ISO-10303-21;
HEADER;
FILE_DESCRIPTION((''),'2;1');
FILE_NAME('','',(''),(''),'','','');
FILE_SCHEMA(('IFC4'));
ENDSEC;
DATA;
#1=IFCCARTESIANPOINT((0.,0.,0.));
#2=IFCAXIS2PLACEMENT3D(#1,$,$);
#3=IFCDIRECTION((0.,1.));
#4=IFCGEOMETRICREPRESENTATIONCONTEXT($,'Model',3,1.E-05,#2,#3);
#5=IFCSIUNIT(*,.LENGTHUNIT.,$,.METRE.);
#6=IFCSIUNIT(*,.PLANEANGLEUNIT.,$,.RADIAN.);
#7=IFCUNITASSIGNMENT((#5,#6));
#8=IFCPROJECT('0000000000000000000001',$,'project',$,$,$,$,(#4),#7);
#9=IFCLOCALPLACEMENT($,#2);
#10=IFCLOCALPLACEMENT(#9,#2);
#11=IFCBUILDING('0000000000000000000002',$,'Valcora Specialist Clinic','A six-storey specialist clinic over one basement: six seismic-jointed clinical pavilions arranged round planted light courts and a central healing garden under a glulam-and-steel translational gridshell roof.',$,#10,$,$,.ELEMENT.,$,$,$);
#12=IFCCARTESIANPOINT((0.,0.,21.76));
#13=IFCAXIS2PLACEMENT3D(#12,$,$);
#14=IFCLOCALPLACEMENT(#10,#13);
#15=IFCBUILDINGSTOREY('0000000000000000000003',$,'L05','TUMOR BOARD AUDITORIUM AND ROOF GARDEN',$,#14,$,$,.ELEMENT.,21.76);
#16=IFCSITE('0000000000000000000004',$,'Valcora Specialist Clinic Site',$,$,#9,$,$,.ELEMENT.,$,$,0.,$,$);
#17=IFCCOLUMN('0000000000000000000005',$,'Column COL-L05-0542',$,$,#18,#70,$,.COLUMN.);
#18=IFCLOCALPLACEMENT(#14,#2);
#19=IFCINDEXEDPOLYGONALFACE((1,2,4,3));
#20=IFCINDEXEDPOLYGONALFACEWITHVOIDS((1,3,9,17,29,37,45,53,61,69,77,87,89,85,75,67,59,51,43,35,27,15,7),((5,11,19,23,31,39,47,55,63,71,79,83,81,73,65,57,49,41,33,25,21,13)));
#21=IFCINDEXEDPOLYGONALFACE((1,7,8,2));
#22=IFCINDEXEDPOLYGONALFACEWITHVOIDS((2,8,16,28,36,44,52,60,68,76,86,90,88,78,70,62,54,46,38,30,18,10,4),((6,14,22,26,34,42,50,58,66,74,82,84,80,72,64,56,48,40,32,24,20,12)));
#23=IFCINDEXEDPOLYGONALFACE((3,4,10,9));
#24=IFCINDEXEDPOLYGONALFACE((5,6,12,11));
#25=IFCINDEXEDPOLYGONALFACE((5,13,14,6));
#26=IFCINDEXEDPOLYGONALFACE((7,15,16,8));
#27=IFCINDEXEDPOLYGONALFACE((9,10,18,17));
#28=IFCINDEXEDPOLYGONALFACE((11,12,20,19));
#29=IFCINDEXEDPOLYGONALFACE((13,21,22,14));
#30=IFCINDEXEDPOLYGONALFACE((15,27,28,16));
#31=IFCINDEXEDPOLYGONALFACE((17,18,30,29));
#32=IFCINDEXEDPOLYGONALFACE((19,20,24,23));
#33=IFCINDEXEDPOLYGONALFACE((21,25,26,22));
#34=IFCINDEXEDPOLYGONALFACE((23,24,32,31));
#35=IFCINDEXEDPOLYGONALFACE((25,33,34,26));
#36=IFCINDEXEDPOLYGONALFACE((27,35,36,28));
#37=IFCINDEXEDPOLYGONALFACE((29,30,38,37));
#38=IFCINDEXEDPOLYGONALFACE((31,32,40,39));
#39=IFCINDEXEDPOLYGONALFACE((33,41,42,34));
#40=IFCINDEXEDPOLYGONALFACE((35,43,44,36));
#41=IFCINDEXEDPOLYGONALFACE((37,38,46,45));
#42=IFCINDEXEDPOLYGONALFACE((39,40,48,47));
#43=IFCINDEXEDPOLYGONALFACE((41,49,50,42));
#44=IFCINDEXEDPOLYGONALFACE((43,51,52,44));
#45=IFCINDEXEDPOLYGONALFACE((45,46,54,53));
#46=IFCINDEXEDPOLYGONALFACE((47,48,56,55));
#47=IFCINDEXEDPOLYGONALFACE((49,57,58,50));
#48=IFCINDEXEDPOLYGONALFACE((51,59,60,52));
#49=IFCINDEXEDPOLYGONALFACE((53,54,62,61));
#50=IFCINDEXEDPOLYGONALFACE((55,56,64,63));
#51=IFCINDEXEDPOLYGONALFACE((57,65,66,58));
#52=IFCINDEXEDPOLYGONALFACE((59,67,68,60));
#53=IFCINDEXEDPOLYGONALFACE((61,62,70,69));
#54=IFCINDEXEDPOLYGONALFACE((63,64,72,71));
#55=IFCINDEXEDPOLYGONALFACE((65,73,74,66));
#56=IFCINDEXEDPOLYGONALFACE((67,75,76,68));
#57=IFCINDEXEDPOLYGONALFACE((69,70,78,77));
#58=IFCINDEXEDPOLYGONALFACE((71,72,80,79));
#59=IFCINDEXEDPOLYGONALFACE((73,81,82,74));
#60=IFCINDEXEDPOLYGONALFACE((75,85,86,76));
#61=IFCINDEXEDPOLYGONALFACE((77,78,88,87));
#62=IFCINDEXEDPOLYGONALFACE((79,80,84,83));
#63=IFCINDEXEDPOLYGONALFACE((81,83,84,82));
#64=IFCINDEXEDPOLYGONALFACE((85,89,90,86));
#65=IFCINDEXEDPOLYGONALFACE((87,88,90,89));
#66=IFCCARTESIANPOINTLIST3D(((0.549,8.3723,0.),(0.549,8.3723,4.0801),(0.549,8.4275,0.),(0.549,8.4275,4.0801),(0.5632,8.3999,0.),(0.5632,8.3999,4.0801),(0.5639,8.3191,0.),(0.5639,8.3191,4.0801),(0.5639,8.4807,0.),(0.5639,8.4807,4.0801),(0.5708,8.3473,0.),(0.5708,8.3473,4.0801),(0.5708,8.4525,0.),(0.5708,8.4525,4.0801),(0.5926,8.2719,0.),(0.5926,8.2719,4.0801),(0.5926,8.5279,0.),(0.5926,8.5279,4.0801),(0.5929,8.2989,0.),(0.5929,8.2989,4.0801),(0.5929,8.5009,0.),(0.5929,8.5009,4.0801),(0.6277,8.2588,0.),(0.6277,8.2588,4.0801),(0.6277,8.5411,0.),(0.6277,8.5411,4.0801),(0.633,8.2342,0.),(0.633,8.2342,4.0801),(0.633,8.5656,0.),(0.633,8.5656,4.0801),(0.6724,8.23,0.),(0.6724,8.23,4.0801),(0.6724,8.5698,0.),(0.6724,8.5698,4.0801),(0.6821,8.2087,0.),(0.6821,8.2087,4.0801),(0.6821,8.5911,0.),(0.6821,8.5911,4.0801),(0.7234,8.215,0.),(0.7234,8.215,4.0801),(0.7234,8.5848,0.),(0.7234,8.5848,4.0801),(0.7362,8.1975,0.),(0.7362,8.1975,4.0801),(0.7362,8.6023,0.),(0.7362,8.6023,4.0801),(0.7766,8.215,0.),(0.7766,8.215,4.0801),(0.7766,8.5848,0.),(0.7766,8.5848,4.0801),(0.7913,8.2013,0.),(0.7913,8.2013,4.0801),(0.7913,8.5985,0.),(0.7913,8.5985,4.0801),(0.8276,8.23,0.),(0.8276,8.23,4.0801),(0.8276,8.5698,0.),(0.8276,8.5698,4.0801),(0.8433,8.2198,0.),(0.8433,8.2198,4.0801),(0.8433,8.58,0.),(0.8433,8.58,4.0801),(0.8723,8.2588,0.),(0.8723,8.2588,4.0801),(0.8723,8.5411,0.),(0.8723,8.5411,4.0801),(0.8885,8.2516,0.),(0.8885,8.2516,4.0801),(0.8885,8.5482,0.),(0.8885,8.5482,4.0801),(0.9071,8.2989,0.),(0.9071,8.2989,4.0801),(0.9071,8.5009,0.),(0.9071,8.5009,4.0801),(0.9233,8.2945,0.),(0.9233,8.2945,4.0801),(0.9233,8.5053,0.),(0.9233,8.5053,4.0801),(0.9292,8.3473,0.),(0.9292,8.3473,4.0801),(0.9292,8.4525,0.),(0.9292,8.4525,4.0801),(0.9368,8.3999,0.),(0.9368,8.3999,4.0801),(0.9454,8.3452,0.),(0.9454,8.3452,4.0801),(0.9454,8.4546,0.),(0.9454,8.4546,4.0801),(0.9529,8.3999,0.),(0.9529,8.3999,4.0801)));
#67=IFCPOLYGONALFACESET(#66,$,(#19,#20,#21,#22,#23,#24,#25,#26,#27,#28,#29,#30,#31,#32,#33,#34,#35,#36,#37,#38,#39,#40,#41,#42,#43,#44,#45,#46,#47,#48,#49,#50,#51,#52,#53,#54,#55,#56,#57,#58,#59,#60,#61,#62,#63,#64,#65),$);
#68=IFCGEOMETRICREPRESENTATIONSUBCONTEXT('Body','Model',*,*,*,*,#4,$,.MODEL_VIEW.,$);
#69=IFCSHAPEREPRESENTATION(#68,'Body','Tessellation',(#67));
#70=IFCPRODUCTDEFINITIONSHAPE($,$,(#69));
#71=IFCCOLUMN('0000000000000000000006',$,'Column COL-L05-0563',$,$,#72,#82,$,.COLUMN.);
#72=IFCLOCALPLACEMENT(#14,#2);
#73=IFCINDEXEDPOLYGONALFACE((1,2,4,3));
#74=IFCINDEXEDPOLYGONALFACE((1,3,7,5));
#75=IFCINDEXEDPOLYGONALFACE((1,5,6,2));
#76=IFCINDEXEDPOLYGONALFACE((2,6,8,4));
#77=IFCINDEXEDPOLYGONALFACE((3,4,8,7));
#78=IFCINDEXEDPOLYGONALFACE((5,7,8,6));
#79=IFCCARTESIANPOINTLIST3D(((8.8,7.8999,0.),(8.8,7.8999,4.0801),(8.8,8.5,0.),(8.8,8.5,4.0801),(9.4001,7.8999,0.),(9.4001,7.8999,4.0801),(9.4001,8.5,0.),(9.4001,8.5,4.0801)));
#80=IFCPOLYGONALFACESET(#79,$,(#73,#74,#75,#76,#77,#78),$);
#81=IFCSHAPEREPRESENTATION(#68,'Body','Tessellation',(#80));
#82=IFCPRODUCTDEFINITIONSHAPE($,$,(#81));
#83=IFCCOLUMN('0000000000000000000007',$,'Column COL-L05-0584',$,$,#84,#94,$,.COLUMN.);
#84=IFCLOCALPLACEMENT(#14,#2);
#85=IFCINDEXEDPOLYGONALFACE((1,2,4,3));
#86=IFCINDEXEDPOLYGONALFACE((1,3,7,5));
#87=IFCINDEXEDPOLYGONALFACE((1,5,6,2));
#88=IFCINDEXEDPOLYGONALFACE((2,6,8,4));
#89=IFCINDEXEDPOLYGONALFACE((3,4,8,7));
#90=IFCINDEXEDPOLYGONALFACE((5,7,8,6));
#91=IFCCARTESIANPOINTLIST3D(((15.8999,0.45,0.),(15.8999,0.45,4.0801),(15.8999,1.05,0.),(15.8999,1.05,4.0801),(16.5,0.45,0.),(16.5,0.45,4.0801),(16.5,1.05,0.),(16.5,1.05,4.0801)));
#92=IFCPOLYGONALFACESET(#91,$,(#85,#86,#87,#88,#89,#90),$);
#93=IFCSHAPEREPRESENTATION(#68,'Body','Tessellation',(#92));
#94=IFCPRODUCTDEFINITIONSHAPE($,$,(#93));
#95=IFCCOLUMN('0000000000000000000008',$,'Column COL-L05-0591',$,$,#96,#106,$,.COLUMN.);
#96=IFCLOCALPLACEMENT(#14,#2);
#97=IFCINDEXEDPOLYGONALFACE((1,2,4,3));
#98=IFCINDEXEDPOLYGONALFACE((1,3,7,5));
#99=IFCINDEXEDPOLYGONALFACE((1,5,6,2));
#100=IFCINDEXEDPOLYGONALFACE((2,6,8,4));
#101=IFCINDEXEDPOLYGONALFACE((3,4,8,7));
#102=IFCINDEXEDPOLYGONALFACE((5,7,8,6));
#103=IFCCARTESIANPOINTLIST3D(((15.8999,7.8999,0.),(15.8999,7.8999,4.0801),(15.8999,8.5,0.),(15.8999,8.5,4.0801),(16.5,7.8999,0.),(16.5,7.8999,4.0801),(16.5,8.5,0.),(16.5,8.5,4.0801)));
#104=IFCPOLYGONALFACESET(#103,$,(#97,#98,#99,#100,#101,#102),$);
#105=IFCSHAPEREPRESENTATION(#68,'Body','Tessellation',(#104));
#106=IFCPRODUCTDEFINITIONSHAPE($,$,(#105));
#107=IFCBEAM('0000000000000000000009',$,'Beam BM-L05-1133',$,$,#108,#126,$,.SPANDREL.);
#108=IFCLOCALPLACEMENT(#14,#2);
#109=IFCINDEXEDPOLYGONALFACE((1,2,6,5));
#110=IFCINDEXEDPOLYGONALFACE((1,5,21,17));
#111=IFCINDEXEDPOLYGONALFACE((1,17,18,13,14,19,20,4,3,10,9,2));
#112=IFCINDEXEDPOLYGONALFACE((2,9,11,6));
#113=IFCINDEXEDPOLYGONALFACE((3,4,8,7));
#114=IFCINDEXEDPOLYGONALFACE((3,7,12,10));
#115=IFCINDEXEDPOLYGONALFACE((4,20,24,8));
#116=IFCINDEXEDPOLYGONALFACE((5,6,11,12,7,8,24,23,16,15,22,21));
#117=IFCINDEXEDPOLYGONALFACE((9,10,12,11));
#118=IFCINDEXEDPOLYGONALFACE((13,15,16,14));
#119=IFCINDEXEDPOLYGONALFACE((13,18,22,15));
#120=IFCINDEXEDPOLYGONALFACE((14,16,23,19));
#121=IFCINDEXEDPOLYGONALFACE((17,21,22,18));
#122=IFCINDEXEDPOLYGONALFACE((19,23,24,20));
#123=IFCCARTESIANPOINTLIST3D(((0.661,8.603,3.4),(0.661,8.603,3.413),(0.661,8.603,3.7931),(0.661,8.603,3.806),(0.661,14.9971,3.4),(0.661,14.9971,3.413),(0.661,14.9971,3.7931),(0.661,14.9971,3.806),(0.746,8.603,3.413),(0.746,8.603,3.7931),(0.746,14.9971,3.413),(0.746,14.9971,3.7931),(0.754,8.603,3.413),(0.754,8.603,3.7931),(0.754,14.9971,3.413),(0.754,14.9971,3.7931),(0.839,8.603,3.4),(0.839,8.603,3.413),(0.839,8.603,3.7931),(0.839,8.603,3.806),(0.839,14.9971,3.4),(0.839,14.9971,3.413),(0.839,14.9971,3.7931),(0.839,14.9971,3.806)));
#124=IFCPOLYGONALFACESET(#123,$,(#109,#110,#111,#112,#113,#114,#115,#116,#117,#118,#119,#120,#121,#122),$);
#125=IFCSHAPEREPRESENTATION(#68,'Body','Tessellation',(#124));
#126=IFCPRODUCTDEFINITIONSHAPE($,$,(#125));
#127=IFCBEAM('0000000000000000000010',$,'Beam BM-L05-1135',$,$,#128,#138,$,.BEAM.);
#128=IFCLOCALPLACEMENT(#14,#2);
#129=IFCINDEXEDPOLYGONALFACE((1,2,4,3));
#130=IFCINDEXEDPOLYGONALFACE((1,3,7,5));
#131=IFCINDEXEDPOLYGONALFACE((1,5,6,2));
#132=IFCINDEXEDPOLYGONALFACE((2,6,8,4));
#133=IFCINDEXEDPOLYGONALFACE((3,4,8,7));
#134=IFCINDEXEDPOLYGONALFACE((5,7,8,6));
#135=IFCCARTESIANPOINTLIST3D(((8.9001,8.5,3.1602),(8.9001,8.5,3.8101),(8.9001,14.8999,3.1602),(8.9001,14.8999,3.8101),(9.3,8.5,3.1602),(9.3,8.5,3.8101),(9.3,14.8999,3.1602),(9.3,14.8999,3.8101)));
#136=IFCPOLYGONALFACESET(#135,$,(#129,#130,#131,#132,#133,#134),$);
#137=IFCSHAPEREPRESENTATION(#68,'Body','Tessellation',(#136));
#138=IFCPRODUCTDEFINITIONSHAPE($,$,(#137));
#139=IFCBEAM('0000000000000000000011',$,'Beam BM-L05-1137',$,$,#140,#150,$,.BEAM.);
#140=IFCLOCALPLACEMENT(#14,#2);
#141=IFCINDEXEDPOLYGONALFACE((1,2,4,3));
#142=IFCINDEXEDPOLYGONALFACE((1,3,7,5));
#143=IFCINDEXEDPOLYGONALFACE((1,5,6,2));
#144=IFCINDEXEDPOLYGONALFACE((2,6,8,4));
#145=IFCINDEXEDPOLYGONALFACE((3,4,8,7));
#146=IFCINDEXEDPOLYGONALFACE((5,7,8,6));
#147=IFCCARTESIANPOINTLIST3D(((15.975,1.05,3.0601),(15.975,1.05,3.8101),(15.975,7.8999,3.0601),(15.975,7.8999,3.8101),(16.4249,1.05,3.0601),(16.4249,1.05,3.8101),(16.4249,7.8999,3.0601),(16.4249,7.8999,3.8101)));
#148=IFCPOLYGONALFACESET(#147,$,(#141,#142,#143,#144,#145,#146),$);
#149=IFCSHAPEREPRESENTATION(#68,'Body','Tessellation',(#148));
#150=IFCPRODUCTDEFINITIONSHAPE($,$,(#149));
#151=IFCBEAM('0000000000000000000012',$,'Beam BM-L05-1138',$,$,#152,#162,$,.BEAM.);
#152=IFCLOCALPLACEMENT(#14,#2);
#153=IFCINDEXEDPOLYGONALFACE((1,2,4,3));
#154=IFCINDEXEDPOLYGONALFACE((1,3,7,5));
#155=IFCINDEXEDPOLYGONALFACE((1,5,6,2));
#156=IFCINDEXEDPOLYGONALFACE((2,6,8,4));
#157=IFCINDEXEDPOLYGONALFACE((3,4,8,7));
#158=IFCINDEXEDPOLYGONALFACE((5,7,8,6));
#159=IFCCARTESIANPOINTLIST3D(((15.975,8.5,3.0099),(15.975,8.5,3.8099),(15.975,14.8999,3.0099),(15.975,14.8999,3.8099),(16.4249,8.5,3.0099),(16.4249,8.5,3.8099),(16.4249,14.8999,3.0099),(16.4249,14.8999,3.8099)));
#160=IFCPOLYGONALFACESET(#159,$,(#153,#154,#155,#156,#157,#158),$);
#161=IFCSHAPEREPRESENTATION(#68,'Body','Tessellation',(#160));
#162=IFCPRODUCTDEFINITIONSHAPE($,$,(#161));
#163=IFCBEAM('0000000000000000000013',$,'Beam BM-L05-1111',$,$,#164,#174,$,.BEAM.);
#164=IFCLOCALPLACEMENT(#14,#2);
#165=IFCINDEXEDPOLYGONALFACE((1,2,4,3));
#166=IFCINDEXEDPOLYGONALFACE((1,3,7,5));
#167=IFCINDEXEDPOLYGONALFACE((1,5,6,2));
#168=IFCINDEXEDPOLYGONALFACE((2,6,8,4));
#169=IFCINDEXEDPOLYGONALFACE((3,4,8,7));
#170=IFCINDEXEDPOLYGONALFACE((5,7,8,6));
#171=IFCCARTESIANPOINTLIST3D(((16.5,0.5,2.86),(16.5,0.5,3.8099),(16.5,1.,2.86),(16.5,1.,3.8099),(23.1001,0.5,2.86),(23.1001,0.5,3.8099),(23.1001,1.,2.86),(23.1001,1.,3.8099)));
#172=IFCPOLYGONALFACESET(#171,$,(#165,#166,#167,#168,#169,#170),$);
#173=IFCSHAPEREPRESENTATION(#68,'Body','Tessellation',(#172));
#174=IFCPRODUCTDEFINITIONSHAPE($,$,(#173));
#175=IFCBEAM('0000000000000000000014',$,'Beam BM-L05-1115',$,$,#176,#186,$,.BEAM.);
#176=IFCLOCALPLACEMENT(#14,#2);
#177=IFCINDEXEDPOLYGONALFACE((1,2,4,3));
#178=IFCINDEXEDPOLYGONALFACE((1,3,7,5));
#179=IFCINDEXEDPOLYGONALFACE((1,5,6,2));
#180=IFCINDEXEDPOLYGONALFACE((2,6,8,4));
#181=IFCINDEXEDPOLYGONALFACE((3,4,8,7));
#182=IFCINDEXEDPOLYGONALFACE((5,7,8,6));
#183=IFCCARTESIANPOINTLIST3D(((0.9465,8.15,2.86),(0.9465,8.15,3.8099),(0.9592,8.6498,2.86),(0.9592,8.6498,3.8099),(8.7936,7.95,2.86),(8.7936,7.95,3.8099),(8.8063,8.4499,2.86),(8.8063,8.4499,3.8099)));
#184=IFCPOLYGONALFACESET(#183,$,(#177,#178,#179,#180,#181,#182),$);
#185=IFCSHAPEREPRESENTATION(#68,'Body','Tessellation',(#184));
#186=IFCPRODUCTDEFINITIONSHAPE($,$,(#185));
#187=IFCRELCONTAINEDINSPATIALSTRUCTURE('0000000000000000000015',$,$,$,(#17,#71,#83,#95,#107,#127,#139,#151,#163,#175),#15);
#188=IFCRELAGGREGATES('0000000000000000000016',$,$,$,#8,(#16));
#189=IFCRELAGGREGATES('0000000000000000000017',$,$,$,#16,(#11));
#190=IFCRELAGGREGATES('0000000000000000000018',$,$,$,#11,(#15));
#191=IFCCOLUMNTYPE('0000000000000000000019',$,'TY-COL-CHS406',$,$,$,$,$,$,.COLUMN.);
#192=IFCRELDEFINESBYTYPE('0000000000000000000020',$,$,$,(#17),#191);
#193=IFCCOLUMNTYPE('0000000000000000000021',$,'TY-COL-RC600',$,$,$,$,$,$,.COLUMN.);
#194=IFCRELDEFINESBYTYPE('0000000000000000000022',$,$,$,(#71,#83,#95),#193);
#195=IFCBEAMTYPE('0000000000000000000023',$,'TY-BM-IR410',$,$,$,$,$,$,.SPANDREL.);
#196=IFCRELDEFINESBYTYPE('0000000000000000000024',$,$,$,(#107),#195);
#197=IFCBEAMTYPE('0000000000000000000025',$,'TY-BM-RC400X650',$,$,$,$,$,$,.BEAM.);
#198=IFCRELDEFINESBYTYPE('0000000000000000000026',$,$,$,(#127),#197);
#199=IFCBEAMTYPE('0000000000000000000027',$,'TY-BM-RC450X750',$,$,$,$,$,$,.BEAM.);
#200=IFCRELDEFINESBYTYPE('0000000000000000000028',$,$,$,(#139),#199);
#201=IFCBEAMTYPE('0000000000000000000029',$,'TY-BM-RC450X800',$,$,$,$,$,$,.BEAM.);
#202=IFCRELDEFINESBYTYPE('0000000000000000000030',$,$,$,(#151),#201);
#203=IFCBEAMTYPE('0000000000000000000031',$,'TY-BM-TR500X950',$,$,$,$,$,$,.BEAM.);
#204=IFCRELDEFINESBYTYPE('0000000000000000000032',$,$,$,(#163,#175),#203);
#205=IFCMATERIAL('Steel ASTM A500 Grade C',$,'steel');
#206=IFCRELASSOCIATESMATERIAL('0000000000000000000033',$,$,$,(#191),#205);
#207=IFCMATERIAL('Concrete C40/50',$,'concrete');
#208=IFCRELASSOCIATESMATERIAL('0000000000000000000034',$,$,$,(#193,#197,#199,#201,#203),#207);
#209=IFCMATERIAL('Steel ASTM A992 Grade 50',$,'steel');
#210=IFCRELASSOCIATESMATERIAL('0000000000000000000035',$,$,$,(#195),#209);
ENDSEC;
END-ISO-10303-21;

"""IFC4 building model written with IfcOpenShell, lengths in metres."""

from ifc_helpers import new_model, si_unit, direction, frame, origin, origin_2d, place, context, subcontext, project, spatial, rectangle, hollow_circle, i_section, extrude, material, material_profile, profile_set, type_object, element, save


model = new_model("IFC4")

# Units and contexts
model_context = context("Model", 3, precision=1e-05, world=origin(), true_north=direction((0.0, 1.0)))
body_context = subcontext(model_context, "Body", "Model", "MODEL_VIEW")
ifc_project = project(units=[si_unit("LENGTHUNIT", "METRE"), si_unit("PLANEANGLEUNIT", "RADIAN")], contexts=[model_context])

# Site, building, storey
site_placement = place(None, origin())
site = spatial("IfcSite", under=ifc_project, at=site_placement, Name="Valcora Specialist Clinic Site", CompositionType="ELEMENT", RefElevation=0.0)
building_placement = place(site_placement, origin())
building = spatial("IfcBuilding", under=site, at=building_placement, Name="Valcora Specialist Clinic", Description="A six-storey specialist clinic over one basement: six seismic-jointed clinical pavilions arranged round planted light courts and a central healing garden under a glulam-and-steel translational gridshell roof.", CompositionType="ELEMENT")
storey_placement = place(building_placement, frame((0.0, 0.0, 21.76)))
storey = spatial("IfcBuildingStorey", under=building, at=storey_placement, Name="L05", Description="TUMOR BOARD AUDITORIUM AND ROOF GARDEN", CompositionType="ELEMENT", Elevation=21.76)

# Columns
ifc_material_1 = material(Name="Steel ASTM A500 Grade C", Category="steel")
ifc_material_profile_1 = material_profile(ifc_material_1, hollow_circle(Radius=0.2029, WallThickness=0.0161, at=origin_2d()), Name="ST-CHS-406X16")
ifc_profile_set_1 = profile_set([ifc_material_profile_1], Name="Steel ASTM A500 Grade C")
column_type_1 = type_object("IfcColumnType", Name="TY-COL-CHS406", PredefinedType="COLUMN", material=ifc_profile_set_1)
column_placement = place(storey_placement, frame((0.75, 8.3999, 0.0), z_axis=(0.0, 0.0, 1.0), x_axis=(1.0, 0.0, 0.0)))
element("IfcColumn", 1, at=column_placement, inside=storey, type_object=column_type_1, Name="Column COL-L05-0542", PredefinedType="COLUMN", context=body_context, shape_type="SweptSolid", body=[
    extrude(hollow_circle(Radius=0.2029, WallThickness=0.0161, at=origin_2d()), origin(), (0.0, 0.0, 1.0), 4.0801),
])
ifc_material_2 = material(Name="Concrete C40/50", Category="concrete")
ifc_material_profile_2 = material_profile(ifc_material_2, rectangle(XDim=0.6001, YDim=0.6001, at=origin_2d()), Name="RC-COL-600X600")
ifc_profile_set_2 = profile_set([ifc_material_profile_2], Name="Concrete C40/50")
column_type_2 = type_object("IfcColumnType", Name="TY-COL-RC600", PredefinedType="COLUMN", material=ifc_profile_set_2)
for number, where, z_axis, x_axis, name in (
    (2, (9.1001, 8.2, 0.0), (0.0, 0.0, 1.0), (1.0, 0.0, 0.0), "Column COL-L05-0563"),
    (3, (16.2, 0.75, 0.0), (0.0, 0.0, 1.0), (1.0, 0.0, 0.0), "Column COL-L05-0584"),
    (4, (16.2, 8.2, 0.0), (0.0, 0.0, 1.0), (1.0, 0.0, 0.0), "Column COL-L05-0591"),
):
    element("IfcColumn", number, at=place(storey_placement, frame(where, z_axis=z_axis, x_axis=x_axis)), inside=storey, type_object=column_type_2, Name=name, PredefinedType="COLUMN", context=body_context, shape_type="SweptSolid", body=[
        extrude(rectangle(XDim=0.6001, YDim=0.6001, at=origin_2d()), origin(), (0.0, 0.0, 1.0), 4.0801),
    ])

# Beams
ifc_material_3 = material(Name="Steel ASTM A992 Grade 50", Category="steel")
ifc_material_profile_3 = material_profile(ifc_material_3, i_section(OverallWidth=0.178, OverallDepth=0.406, WebThickness=0.0081, FlangeThickness=0.0129, at=origin_2d()), Name="ST-IR-410X180")
ifc_profile_set_3 = profile_set([ifc_material_profile_3], Name="Steel ASTM A992 Grade 50")
beam_type_1 = type_object("IfcBeamType", Name="TY-BM-IR410", PredefinedType="SPANDREL", material=ifc_profile_set_3)
beam_1_placement = place(storey_placement, frame((0.75, 8.603, 3.603), z_axis=(0.0, 1.0, 0.0), x_axis=(-1.0, 0.0, 0.0)))
element("IfcBeam", 5, at=beam_1_placement, inside=storey, type_object=beam_type_1, Name="Beam BM-L05-1133", PredefinedType="SPANDREL", context=body_context, shape_type="SweptSolid", body=[
    extrude(i_section(OverallWidth=0.178, OverallDepth=0.406, WebThickness=0.0081, FlangeThickness=0.0129, at=origin_2d()), origin(), (0.0, 0.0, 1.0), 6.394),
])
ifc_material_profile_4 = material_profile(ifc_material_2, rectangle(XDim=0.3999, YDim=0.6499, at=origin_2d()), Name="RC-BM-400X650")
ifc_profile_set_4 = profile_set([ifc_material_profile_4], Name="Concrete C40/50")
beam_type_2 = type_object("IfcBeamType", Name="TY-BM-RC400X650", PredefinedType="BEAM", material=ifc_profile_set_4)
beam_2_placement = place(storey_placement, frame((9.1001, 8.5, 3.4851), z_axis=(0.0, 1.0, 0.0), x_axis=(-1.0, 0.0, 0.0)))
element("IfcBeam", 6, at=beam_2_placement, inside=storey, type_object=beam_type_2, Name="Beam BM-L05-1135", PredefinedType="BEAM", context=body_context, shape_type="SweptSolid", body=[
    extrude(rectangle(XDim=0.3999, YDim=0.6499, at=origin_2d()), origin(), (0.0, 0.0, 1.0), 6.3999),
])
ifc_material_profile_5 = material_profile(ifc_material_2, rectangle(XDim=0.45, YDim=0.75, at=origin_2d()), Name="RC-BM-450X750")
ifc_profile_set_5 = profile_set([ifc_material_profile_5], Name="Concrete C40/50")
beam_type_3 = type_object("IfcBeamType", Name="TY-BM-RC450X750", PredefinedType="BEAM", material=ifc_profile_set_5)
beam_3_placement = place(storey_placement, frame((16.2, 1.05, 3.4351), z_axis=(0.0, 1.0, 0.0), x_axis=(-1.0, 0.0, 0.0)))
element("IfcBeam", 7, at=beam_3_placement, inside=storey, type_object=beam_type_3, Name="Beam BM-L05-1137", PredefinedType="BEAM", context=body_context, shape_type="SweptSolid", body=[
    extrude(rectangle(XDim=0.45, YDim=0.75, at=origin_2d()), origin(), (0.0, 0.0, 1.0), 6.8499),
])
ifc_material_profile_6 = material_profile(ifc_material_2, rectangle(XDim=0.45, YDim=0.8, at=origin_2d()), Name="RC-BM-450X800")
ifc_profile_set_6 = profile_set([ifc_material_profile_6], Name="Concrete C40/50")
beam_type_4 = type_object("IfcBeamType", Name="TY-BM-RC450X800", PredefinedType="BEAM", material=ifc_profile_set_6)
beam_4_placement = place(storey_placement, frame((16.2, 8.5, 3.4099), z_axis=(0.0, 1.0, 0.0), x_axis=(-1.0, 0.0, 0.0)))
element("IfcBeam", 8, at=beam_4_placement, inside=storey, type_object=beam_type_4, Name="Beam BM-L05-1138", PredefinedType="BEAM", context=body_context, shape_type="SweptSolid", body=[
    extrude(rectangle(XDim=0.45, YDim=0.8, at=origin_2d()), origin(), (0.0, 0.0, 1.0), 6.3999),
])
ifc_material_profile_7 = material_profile(ifc_material_2, rectangle(XDim=0.5, YDim=0.95, at=origin_2d()), Name="RC-BM-500X950")
ifc_profile_set_7 = profile_set([ifc_material_profile_7], Name="Concrete C40/50")
beam_type_5 = type_object("IfcBeamType", Name="TY-BM-TR500X950", PredefinedType="BEAM", material=ifc_profile_set_7)
beam_5_placement = place(storey_placement, frame((16.5, 0.75, 3.335), z_axis=(1.0, 0.0, 0.0), x_axis=(0.0, 1.0, 0.0)))
element("IfcBeam", 9, at=beam_5_placement, inside=storey, type_object=beam_type_5, Name="Beam BM-L05-1111", PredefinedType="BEAM", context=body_context, shape_type="SweptSolid", body=[
    extrude(rectangle(XDim=0.5, YDim=0.95, at=origin_2d()), origin(), (0.0, 0.0, 1.0), 6.6001),
])
beam_6_placement = place(storey_placement, frame((0.9529, 8.3999, 3.335), z_axis=(0.999676, -0.025472, 0.0), x_axis=(0.025472, 0.999676, 0.0)))
element("IfcBeam", 10, at=beam_6_placement, inside=storey, type_object=beam_type_5, Name="Beam BM-L05-1115", PredefinedType="BEAM", context=body_context, shape_type="SweptSolid", body=[
    extrude(rectangle(XDim=0.5, YDim=0.95, at=origin_2d()), origin(), (0.0, 0.0, 1.0), 7.8496),
])

save(model, "model.ifc")
